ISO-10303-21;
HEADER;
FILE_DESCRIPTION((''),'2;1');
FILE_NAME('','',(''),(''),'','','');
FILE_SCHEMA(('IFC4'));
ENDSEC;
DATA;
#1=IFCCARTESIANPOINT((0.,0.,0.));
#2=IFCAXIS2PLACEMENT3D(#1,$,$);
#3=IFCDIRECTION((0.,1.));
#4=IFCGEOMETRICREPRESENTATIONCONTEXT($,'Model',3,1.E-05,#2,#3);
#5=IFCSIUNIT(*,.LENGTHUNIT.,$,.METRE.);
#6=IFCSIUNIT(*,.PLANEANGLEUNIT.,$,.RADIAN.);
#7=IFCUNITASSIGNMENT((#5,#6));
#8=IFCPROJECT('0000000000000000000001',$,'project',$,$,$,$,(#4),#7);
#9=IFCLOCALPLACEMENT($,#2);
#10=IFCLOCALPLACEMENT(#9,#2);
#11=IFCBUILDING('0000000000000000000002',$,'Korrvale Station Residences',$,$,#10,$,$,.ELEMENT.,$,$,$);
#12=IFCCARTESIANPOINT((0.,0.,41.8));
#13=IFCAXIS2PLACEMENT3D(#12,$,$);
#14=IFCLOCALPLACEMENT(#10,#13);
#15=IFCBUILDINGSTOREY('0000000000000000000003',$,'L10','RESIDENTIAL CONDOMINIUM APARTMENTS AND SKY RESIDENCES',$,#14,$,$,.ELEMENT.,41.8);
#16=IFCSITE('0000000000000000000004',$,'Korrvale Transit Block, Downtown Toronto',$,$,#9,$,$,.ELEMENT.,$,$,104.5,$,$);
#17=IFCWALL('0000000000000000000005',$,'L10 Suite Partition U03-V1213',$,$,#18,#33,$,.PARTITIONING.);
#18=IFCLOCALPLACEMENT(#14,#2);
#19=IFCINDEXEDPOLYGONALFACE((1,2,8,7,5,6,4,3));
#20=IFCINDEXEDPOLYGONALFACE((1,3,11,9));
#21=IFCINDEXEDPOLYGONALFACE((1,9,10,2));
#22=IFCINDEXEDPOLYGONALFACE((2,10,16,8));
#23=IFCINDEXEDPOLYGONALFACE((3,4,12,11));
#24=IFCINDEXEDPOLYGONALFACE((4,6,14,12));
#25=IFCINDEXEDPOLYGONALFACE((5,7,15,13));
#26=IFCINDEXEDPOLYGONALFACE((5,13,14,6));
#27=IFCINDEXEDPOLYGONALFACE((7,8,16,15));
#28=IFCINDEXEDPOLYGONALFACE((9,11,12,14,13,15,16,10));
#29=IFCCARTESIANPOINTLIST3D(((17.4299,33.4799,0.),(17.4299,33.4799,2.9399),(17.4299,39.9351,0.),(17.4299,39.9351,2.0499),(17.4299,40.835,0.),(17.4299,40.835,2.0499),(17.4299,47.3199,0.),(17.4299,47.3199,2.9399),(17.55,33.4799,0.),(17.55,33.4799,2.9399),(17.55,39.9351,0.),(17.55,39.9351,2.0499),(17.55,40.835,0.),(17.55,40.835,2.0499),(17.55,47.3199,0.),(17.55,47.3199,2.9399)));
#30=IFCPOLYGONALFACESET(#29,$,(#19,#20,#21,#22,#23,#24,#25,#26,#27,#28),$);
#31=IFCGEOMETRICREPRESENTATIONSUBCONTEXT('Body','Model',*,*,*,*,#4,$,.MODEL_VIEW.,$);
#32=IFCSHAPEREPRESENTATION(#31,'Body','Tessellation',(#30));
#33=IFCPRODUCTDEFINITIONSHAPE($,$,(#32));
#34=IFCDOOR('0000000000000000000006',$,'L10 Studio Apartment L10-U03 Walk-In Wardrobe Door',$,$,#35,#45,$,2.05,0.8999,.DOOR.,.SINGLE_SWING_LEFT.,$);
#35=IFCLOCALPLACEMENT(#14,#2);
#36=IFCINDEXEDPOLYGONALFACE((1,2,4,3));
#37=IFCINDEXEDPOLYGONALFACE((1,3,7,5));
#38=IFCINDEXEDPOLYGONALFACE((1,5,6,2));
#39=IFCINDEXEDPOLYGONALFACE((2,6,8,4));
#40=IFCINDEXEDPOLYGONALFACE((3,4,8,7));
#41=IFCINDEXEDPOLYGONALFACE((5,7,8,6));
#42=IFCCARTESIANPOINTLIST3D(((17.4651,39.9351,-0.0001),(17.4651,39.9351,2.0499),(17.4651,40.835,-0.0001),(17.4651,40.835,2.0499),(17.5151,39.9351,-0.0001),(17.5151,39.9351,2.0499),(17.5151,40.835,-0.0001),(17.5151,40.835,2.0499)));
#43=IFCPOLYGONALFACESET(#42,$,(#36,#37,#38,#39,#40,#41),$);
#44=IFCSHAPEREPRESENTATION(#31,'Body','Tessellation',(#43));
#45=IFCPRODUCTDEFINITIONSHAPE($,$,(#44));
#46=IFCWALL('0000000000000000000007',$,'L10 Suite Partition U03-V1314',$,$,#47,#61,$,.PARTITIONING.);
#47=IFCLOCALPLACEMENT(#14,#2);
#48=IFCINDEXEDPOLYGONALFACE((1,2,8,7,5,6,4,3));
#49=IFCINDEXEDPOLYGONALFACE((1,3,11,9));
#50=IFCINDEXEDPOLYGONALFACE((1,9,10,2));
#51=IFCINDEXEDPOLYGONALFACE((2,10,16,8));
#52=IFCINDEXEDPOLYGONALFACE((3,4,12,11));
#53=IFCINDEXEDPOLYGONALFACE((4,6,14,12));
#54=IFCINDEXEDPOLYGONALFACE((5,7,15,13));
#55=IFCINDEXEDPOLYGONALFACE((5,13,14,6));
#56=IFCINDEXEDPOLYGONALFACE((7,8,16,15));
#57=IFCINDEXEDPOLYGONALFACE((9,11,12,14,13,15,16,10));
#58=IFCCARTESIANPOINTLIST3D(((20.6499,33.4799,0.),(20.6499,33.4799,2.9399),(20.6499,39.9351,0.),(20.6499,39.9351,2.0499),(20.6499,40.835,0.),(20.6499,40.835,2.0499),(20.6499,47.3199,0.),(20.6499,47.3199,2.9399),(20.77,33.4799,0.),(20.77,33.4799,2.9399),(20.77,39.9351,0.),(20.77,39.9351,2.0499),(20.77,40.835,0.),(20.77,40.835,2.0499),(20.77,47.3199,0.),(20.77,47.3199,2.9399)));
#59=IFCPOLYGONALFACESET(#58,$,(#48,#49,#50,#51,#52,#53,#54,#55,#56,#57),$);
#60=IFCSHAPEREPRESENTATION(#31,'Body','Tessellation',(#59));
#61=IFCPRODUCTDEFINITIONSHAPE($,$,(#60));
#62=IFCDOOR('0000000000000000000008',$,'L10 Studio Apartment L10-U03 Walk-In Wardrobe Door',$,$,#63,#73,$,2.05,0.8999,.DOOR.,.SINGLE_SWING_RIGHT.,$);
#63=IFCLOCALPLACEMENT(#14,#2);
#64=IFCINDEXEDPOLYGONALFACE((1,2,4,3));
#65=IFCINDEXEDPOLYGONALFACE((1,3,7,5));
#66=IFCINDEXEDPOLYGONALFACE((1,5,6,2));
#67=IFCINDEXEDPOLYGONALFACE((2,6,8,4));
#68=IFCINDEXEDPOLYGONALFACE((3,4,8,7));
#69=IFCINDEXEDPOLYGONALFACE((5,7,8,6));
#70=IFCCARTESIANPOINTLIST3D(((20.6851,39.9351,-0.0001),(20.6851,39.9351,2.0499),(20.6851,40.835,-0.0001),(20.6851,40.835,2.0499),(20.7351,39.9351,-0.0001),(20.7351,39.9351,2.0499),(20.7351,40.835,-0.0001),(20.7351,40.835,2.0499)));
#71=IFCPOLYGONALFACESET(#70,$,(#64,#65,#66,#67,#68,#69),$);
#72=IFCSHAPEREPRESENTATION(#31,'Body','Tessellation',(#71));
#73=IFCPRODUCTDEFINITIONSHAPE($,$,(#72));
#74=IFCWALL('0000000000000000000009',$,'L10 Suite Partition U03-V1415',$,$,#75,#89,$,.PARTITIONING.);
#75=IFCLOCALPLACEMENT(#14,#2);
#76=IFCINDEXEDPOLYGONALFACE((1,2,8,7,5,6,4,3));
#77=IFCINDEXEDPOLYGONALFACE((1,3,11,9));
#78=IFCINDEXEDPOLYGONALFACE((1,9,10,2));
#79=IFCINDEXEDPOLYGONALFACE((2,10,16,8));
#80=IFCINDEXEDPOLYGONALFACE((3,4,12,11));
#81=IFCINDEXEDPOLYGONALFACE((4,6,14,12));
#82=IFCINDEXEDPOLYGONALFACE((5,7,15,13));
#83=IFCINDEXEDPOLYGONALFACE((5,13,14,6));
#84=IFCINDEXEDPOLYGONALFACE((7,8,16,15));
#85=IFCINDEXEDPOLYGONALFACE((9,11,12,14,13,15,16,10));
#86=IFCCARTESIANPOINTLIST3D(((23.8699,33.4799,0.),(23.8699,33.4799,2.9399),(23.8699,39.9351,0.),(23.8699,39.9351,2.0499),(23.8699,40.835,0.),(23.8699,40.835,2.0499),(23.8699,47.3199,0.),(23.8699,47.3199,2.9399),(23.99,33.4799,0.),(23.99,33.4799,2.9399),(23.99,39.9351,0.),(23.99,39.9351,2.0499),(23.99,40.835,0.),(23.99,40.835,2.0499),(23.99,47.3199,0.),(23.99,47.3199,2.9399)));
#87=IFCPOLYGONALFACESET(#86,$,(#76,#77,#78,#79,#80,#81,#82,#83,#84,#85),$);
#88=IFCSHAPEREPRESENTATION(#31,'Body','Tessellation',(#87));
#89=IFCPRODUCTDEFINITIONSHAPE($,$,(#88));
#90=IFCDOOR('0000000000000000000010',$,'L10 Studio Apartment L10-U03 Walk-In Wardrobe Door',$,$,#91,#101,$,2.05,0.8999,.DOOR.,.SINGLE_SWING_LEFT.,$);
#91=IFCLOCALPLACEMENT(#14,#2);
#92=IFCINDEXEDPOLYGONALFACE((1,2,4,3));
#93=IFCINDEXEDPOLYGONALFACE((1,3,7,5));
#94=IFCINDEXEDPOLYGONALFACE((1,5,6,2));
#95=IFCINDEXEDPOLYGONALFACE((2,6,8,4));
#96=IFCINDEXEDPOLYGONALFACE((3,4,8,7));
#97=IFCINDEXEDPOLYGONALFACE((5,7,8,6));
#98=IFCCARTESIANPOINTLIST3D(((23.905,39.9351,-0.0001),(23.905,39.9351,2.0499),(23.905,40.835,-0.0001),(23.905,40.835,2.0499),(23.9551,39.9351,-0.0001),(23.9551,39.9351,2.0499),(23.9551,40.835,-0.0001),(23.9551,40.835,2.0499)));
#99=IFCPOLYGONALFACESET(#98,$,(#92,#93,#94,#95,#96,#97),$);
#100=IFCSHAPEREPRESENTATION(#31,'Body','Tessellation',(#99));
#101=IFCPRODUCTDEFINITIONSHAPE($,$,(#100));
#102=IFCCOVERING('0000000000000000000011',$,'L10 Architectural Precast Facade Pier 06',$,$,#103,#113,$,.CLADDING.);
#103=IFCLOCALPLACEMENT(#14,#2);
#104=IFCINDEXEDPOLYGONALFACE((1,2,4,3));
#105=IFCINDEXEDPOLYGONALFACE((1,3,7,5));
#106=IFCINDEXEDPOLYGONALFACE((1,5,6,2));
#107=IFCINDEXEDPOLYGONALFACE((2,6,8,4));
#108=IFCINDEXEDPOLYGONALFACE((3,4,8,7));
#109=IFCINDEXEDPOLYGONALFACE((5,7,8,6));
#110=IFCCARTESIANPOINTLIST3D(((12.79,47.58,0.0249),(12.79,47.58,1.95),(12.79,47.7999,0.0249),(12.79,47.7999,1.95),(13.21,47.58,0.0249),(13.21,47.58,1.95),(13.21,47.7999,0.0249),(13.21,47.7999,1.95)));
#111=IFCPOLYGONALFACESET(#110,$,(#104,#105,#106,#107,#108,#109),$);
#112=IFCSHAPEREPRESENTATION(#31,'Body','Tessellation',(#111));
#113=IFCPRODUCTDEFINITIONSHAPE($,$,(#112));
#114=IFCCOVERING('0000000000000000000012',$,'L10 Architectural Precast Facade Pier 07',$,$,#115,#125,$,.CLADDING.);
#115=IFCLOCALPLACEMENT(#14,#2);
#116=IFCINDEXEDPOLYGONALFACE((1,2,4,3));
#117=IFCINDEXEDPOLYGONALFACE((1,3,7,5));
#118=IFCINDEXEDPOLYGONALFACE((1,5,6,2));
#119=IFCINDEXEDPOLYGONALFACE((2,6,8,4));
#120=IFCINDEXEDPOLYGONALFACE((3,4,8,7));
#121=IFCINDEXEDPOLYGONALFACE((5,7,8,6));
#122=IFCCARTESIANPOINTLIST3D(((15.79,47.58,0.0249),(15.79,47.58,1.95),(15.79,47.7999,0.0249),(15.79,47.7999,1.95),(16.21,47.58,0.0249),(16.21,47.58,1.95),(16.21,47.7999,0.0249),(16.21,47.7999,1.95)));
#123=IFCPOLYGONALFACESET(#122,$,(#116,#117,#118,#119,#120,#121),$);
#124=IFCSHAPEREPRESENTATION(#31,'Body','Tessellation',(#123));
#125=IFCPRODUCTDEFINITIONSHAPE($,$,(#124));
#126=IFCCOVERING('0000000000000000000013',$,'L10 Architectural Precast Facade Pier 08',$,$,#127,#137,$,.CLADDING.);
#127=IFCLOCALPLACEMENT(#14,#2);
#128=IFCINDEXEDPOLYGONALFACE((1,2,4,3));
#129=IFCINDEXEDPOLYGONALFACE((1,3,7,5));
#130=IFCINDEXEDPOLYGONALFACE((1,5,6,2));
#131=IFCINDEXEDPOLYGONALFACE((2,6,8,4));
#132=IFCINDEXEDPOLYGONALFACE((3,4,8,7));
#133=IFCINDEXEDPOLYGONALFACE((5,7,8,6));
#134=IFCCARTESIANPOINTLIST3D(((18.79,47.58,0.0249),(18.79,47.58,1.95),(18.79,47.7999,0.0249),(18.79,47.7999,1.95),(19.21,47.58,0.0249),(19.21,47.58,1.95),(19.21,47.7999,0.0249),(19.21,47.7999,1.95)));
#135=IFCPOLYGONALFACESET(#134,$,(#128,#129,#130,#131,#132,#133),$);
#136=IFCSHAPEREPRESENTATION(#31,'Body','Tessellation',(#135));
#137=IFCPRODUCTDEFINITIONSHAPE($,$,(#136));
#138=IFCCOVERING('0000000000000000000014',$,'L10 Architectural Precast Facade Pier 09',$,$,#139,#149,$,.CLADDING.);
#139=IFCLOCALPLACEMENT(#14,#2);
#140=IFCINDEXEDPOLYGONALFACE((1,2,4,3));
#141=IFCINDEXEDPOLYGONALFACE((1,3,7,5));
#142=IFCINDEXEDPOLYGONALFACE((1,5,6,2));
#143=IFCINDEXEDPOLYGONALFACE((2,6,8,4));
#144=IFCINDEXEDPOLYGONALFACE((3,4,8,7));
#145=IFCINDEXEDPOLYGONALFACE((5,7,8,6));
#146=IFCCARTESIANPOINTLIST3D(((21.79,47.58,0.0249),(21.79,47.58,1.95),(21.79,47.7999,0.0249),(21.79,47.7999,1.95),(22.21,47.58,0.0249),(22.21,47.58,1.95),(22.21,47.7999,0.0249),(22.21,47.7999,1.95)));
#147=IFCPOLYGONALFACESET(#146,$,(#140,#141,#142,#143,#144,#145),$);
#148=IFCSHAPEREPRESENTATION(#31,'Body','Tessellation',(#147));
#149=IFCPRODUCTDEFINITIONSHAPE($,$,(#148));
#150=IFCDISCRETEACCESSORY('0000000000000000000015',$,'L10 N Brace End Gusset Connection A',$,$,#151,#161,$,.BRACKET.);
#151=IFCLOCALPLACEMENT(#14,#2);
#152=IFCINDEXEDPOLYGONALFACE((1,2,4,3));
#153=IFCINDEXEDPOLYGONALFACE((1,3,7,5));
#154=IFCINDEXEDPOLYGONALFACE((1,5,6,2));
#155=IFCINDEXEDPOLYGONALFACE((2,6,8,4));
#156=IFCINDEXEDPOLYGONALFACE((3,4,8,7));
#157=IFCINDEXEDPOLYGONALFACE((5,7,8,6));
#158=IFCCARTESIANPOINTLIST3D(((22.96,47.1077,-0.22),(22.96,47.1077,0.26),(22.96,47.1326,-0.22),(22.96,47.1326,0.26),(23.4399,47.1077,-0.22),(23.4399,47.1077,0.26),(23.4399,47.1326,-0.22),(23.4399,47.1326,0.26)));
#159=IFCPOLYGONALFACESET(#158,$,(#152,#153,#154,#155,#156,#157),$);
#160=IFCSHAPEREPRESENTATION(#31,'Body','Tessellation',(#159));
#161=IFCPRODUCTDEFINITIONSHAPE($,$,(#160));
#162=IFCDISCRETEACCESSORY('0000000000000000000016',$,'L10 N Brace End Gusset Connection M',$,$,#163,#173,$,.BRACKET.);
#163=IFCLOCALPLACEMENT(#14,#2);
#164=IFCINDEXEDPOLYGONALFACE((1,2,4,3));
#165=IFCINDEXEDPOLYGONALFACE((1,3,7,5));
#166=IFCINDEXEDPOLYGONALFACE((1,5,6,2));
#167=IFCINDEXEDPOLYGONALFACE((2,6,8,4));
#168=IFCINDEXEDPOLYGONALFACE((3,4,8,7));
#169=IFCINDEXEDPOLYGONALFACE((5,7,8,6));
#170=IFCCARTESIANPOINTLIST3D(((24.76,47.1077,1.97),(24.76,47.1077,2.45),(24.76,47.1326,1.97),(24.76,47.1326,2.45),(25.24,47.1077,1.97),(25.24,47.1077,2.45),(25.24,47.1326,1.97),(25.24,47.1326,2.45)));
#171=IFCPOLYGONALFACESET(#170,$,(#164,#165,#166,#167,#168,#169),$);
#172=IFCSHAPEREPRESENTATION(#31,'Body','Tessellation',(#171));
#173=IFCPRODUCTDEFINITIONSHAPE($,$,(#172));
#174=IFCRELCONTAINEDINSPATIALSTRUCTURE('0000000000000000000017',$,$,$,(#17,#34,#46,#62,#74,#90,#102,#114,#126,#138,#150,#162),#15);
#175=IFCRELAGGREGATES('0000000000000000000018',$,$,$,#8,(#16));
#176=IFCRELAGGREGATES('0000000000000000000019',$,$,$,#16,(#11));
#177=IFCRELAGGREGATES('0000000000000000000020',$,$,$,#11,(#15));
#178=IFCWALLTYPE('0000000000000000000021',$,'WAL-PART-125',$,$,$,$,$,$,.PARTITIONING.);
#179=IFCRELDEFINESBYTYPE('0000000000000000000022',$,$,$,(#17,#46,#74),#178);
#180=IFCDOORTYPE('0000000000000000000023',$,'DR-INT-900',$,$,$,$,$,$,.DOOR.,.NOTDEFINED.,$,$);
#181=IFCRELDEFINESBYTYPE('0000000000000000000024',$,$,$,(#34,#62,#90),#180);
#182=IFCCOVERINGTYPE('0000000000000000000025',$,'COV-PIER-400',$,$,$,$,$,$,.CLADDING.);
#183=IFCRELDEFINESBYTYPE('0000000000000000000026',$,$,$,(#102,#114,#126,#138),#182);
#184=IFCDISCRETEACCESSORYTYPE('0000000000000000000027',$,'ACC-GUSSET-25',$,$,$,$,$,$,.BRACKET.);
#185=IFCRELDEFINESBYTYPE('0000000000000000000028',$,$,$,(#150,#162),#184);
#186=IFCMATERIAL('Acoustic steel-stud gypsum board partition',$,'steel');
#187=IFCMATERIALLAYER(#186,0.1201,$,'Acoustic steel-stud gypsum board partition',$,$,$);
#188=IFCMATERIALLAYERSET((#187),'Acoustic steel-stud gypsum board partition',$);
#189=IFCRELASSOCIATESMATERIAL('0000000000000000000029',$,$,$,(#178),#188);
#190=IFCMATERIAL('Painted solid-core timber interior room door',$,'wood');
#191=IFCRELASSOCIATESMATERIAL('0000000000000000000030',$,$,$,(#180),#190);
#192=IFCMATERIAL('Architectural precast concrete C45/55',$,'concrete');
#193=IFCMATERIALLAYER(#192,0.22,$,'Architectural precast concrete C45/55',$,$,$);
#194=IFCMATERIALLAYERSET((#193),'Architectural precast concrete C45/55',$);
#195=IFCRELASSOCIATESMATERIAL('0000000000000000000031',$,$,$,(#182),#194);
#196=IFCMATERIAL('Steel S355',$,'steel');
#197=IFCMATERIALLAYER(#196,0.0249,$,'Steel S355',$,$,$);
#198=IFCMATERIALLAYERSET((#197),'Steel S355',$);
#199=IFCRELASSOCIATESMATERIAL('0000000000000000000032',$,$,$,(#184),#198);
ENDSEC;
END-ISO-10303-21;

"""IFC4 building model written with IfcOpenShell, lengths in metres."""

from ifc_helpers import new_model, si_unit, direction, frame, frame_2d, origin, origin_2d, place, context, subcontext, project, spatial, rectangle, extrude, material, layer, layer_set, type_object, element, fill, save


model = new_model("IFC4")

# Units and contexts
model_context = context("Model", 3, precision=1e-05, world=origin(), true_north=direction((0.0, 1.0)))
body_context = subcontext(model_context, "Body", "Model", "MODEL_VIEW")
ifc_project = project(units=[si_unit("LENGTHUNIT", "METRE"), si_unit("PLANEANGLEUNIT", "RADIAN")], contexts=[model_context])

# Site, building, storey
site_placement = place(None, origin())
site = spatial("IfcSite", under=ifc_project, at=site_placement, Name="Korrvale Transit Block, Downtown Toronto", CompositionType="ELEMENT", RefElevation=104.5)
building_placement = place(site_placement, origin())
building = spatial("IfcBuilding", under=site, at=building_placement, Name="Korrvale Station Residences", CompositionType="ELEMENT")
storey_placement = place(building_placement, frame((0.0, 0.0, 41.8)))
storey = spatial("IfcBuildingStorey", under=building, at=storey_placement, Name="L10", Description="RESIDENTIAL CONDOMINIUM APARTMENTS AND SKY RESIDENCES", CompositionType="ELEMENT", Elevation=41.8)

# Shared definitions
ifc_material_1 = material(Name="Steel S355", Category="steel")

# Shared definitions
ifc_material_2 = material(Name="Acoustic steel-stud gypsum board partition", Category="steel")
ifc_layer_1 = layer(ifc_material_2, 0.1201, Name="Acoustic steel-stud gypsum board partition")
ifc_layer_set_1 = layer_set([ifc_layer_1], Name="Acoustic steel-stud gypsum board partition")
wall_type = type_object("IfcWallType", Name="WAL-PART-125", PredefinedType="PARTITIONING", material=ifc_layer_set_1)
ifc_material_3 = material(Name="Painted solid-core timber interior room door", Category="wood")
door_type = type_object("IfcDoorType", Name="DR-INT-900", OperationType="NOTDEFINED", PredefinedType="DOOR", material=ifc_material_3)

# Walls, openings, doors
wall_1_placement = place(storey_placement, frame((17.49, 33.48, 0.0), z_axis=(0.0, 0.0, 1.0), x_axis=(0.0, 1.0, 0.0)))
wall_1 = element("IfcWall", 1, at=wall_1_placement, inside=storey, type_object=wall_type, Name="L10 Suite Partition U03-V1213", PredefinedType="PARTITIONING", context=body_context, shape_type="SweptSolid", body=[
    extrude(rectangle(XDim=13.8401, YDim=0.1201, at=frame_2d((6.9199, 0.0))), origin(), (0.0, 0.0, 1.0), 2.9399),
])
opening_1_placement = place(wall_1_placement, frame((6.4551, 0.0, 0.0)))
opening_1 = element("IfcOpeningElement", 2, at=opening_1_placement, cuts=wall_1, PredefinedType="OPENING", context=body_context, shape_type="SweptSolid", body=[
    extrude(rectangle(XDim=0.8999, YDim=2.05, at=frame_2d((0.45, 1.0249))), frame((0.0, 0.0701, 0.0), z_axis=(0.0, -1.0, 0.0), x_axis=(1.0, 0.0, 0.0)), (0.0, 0.0, 1.0), 0.1401),
])
door_1_placement = place(opening_1_placement, origin())
door_1 = element("IfcDoor", 3, at=door_1_placement, inside=storey, type_object=door_type, Name="L10 Studio Apartment L10-U03 Walk-In Wardrobe Door", OperationType="SINGLE_SWING_LEFT", OverallHeight=2.05, OverallWidth=0.8999, PredefinedType="DOOR", context=body_context, shape_type="SweptSolid", body=[
    extrude(rectangle(XDim=0.8999, YDim=2.05, at=frame_2d((0.45, 1.0249))), frame((0.0, 0.0249, 0.0), z_axis=(0.0, -1.0, 0.0), x_axis=(1.0, 0.0, 0.0)), (0.0, 0.0, 1.0), 0.05),
])
fill(opening_1, door_1)
wall_2_placement = place(storey_placement, frame((20.71, 33.48, 0.0), z_axis=(0.0, 0.0, 1.0), x_axis=(0.0, 1.0, 0.0)))
wall_2 = element("IfcWall", 4, at=wall_2_placement, inside=storey, type_object=wall_type, Name="L10 Suite Partition U03-V1314", PredefinedType="PARTITIONING", context=body_context, shape_type="SweptSolid", body=[
    extrude(rectangle(XDim=13.8401, YDim=0.1201, at=frame_2d((6.9199, 0.0))), origin(), (0.0, 0.0, 1.0), 2.9399),
])
opening_2_placement = place(wall_2_placement, frame((6.4551, 0.0, 0.0)))
opening_2 = element("IfcOpeningElement", 5, at=opening_2_placement, cuts=wall_2, PredefinedType="OPENING", context=body_context, shape_type="SweptSolid", body=[
    extrude(rectangle(XDim=0.8999, YDim=2.05, at=frame_2d((0.45, 1.0249))), frame((0.0, 0.0701, 0.0), z_axis=(0.0, -1.0, 0.0), x_axis=(1.0, 0.0, 0.0)), (0.0, 0.0, 1.0), 0.1401),
])
door_2_placement = place(opening_2_placement, origin())
door_2 = element("IfcDoor", 6, at=door_2_placement, inside=storey, type_object=door_type, Name="L10 Studio Apartment L10-U03 Walk-In Wardrobe Door", OperationType="SINGLE_SWING_RIGHT", OverallHeight=2.05, OverallWidth=0.8999, PredefinedType="DOOR", context=body_context, shape_type="SweptSolid", body=[
    extrude(rectangle(XDim=0.8999, YDim=2.05, at=frame_2d((0.45, 1.0249))), frame((0.0, 0.0249, 0.0), z_axis=(0.0, -1.0, 0.0), x_axis=(1.0, 0.0, 0.0)), (0.0, 0.0, 1.0), 0.05),
])
fill(opening_2, door_2)
wall_3_placement = place(storey_placement, frame((23.9299, 33.48, 0.0), z_axis=(0.0, 0.0, 1.0), x_axis=(0.0, 1.0, 0.0)))
wall_3 = element("IfcWall", 7, at=wall_3_placement, inside=storey, type_object=wall_type, Name="L10 Suite Partition U03-V1415", PredefinedType="PARTITIONING", context=body_context, shape_type="SweptSolid", body=[
    extrude(rectangle(XDim=13.8401, YDim=0.1201, at=frame_2d((6.9199, 0.0))), origin(), (0.0, 0.0, 1.0), 2.9399),
])
opening_3_placement = place(wall_3_placement, frame((6.4551, 0.0, 0.0)))
opening_3 = element("IfcOpeningElement", 8, at=opening_3_placement, cuts=wall_3, PredefinedType="OPENING", context=body_context, shape_type="SweptSolid", body=[
    extrude(rectangle(XDim=0.8999, YDim=2.05, at=frame_2d((0.45, 1.0249))), frame((0.0, 0.0701, 0.0), z_axis=(0.0, -1.0, 0.0), x_axis=(1.0, 0.0, 0.0)), (0.0, 0.0, 1.0), 0.1401),
])
door_3_placement = place(opening_3_placement, origin())
door_3 = element("IfcDoor", 9, at=door_3_placement, inside=storey, type_object=door_type, Name="L10 Studio Apartment L10-U03 Walk-In Wardrobe Door", OperationType="SINGLE_SWING_LEFT", OverallHeight=2.05, OverallWidth=0.8999, PredefinedType="DOOR", context=body_context, shape_type="SweptSolid", body=[
    extrude(rectangle(XDim=0.8999, YDim=2.05, at=frame_2d((0.45, 1.0249))), frame((0.0, 0.0249, 0.0), z_axis=(0.0, -1.0, 0.0), x_axis=(1.0, 0.0, 0.0)), (0.0, 0.0, 1.0), 0.05),
])
fill(opening_3, door_3)

# Coverings
ifc_material_4 = material(Name="Architectural precast concrete C45/55", Category="concrete")
ifc_layer_2 = layer(ifc_material_4, 0.22, Name="Architectural precast concrete C45/55")
ifc_layer_set_2 = layer_set([ifc_layer_2], Name="Architectural precast concrete C45/55")
covering_type = type_object("IfcCoveringType", Name="COV-PIER-400", PredefinedType="CLADDING", material=ifc_layer_set_2)
for number, where, z_axis, x_axis, name in (
    (10, (13.0, 47.6899, 0.0249), (0.0, 0.0, 1.0), (1.0, 0.0, 0.0), "L10 Architectural Precast Facade Pier 06"),
    (11, (16.0, 47.6899, 0.0249), (0.0, 0.0, 1.0), (1.0, 0.0, 0.0), "L10 Architectural Precast Facade Pier 07"),
    (12, (19.0, 47.6899, 0.0249), (0.0, 0.0, 1.0), (1.0, 0.0, 0.0), "L10 Architectural Precast Facade Pier 08"),
    (13, (22.0, 47.6899, 0.0249), (0.0, 0.0, 1.0), (1.0, 0.0, 0.0), "L10 Architectural Precast Facade Pier 09"),
):
    element("IfcCovering", number, at=place(storey_placement, frame(where, z_axis=z_axis, x_axis=x_axis)), inside=storey, type_object=covering_type, Name=name, PredefinedType="CLADDING", context=body_context, shape_type="SweptSolid", body=[
        extrude(rectangle(XDim=0.4199, YDim=0.22, at=origin_2d()), origin(), (0.0, 0.0, 1.0), 1.925),
    ])

# Discrete accessories
ifc_layer_3 = layer(ifc_material_1, 0.0249, Name="Steel S355")
ifc_layer_set_3 = layer_set([ifc_layer_3], Name="Steel S355")
discrete_accessory_type = type_object("IfcDiscreteAccessoryType", Name="ACC-GUSSET-25", PredefinedType="BRACKET", material=ifc_layer_set_3)
for number, where, z_axis, x_axis, name in (
    (14, (23.2, 47.1201, -0.22), (0.0, 0.0, 1.0), (1.0, 0.0, 0.0), "L10 N Brace End Gusset Connection A"),
    (15, (25.0, 47.1201, 1.97), (0.0, 0.0, 1.0), (1.0, 0.0, 0.0), "L10 N Brace End Gusset Connection M"),
):
    element("IfcDiscreteAccessory", number, at=place(storey_placement, frame(where, z_axis=z_axis, x_axis=x_axis)), inside=storey, type_object=discrete_accessory_type, Name=name, PredefinedType="BRACKET", context=body_context, shape_type="SweptSolid", body=[
        extrude(rectangle(XDim=0.48, YDim=0.0249, at=origin_2d()), origin(), (0.0, 0.0, 1.0), 0.48),
    ])

save(model, "model.ifc")
